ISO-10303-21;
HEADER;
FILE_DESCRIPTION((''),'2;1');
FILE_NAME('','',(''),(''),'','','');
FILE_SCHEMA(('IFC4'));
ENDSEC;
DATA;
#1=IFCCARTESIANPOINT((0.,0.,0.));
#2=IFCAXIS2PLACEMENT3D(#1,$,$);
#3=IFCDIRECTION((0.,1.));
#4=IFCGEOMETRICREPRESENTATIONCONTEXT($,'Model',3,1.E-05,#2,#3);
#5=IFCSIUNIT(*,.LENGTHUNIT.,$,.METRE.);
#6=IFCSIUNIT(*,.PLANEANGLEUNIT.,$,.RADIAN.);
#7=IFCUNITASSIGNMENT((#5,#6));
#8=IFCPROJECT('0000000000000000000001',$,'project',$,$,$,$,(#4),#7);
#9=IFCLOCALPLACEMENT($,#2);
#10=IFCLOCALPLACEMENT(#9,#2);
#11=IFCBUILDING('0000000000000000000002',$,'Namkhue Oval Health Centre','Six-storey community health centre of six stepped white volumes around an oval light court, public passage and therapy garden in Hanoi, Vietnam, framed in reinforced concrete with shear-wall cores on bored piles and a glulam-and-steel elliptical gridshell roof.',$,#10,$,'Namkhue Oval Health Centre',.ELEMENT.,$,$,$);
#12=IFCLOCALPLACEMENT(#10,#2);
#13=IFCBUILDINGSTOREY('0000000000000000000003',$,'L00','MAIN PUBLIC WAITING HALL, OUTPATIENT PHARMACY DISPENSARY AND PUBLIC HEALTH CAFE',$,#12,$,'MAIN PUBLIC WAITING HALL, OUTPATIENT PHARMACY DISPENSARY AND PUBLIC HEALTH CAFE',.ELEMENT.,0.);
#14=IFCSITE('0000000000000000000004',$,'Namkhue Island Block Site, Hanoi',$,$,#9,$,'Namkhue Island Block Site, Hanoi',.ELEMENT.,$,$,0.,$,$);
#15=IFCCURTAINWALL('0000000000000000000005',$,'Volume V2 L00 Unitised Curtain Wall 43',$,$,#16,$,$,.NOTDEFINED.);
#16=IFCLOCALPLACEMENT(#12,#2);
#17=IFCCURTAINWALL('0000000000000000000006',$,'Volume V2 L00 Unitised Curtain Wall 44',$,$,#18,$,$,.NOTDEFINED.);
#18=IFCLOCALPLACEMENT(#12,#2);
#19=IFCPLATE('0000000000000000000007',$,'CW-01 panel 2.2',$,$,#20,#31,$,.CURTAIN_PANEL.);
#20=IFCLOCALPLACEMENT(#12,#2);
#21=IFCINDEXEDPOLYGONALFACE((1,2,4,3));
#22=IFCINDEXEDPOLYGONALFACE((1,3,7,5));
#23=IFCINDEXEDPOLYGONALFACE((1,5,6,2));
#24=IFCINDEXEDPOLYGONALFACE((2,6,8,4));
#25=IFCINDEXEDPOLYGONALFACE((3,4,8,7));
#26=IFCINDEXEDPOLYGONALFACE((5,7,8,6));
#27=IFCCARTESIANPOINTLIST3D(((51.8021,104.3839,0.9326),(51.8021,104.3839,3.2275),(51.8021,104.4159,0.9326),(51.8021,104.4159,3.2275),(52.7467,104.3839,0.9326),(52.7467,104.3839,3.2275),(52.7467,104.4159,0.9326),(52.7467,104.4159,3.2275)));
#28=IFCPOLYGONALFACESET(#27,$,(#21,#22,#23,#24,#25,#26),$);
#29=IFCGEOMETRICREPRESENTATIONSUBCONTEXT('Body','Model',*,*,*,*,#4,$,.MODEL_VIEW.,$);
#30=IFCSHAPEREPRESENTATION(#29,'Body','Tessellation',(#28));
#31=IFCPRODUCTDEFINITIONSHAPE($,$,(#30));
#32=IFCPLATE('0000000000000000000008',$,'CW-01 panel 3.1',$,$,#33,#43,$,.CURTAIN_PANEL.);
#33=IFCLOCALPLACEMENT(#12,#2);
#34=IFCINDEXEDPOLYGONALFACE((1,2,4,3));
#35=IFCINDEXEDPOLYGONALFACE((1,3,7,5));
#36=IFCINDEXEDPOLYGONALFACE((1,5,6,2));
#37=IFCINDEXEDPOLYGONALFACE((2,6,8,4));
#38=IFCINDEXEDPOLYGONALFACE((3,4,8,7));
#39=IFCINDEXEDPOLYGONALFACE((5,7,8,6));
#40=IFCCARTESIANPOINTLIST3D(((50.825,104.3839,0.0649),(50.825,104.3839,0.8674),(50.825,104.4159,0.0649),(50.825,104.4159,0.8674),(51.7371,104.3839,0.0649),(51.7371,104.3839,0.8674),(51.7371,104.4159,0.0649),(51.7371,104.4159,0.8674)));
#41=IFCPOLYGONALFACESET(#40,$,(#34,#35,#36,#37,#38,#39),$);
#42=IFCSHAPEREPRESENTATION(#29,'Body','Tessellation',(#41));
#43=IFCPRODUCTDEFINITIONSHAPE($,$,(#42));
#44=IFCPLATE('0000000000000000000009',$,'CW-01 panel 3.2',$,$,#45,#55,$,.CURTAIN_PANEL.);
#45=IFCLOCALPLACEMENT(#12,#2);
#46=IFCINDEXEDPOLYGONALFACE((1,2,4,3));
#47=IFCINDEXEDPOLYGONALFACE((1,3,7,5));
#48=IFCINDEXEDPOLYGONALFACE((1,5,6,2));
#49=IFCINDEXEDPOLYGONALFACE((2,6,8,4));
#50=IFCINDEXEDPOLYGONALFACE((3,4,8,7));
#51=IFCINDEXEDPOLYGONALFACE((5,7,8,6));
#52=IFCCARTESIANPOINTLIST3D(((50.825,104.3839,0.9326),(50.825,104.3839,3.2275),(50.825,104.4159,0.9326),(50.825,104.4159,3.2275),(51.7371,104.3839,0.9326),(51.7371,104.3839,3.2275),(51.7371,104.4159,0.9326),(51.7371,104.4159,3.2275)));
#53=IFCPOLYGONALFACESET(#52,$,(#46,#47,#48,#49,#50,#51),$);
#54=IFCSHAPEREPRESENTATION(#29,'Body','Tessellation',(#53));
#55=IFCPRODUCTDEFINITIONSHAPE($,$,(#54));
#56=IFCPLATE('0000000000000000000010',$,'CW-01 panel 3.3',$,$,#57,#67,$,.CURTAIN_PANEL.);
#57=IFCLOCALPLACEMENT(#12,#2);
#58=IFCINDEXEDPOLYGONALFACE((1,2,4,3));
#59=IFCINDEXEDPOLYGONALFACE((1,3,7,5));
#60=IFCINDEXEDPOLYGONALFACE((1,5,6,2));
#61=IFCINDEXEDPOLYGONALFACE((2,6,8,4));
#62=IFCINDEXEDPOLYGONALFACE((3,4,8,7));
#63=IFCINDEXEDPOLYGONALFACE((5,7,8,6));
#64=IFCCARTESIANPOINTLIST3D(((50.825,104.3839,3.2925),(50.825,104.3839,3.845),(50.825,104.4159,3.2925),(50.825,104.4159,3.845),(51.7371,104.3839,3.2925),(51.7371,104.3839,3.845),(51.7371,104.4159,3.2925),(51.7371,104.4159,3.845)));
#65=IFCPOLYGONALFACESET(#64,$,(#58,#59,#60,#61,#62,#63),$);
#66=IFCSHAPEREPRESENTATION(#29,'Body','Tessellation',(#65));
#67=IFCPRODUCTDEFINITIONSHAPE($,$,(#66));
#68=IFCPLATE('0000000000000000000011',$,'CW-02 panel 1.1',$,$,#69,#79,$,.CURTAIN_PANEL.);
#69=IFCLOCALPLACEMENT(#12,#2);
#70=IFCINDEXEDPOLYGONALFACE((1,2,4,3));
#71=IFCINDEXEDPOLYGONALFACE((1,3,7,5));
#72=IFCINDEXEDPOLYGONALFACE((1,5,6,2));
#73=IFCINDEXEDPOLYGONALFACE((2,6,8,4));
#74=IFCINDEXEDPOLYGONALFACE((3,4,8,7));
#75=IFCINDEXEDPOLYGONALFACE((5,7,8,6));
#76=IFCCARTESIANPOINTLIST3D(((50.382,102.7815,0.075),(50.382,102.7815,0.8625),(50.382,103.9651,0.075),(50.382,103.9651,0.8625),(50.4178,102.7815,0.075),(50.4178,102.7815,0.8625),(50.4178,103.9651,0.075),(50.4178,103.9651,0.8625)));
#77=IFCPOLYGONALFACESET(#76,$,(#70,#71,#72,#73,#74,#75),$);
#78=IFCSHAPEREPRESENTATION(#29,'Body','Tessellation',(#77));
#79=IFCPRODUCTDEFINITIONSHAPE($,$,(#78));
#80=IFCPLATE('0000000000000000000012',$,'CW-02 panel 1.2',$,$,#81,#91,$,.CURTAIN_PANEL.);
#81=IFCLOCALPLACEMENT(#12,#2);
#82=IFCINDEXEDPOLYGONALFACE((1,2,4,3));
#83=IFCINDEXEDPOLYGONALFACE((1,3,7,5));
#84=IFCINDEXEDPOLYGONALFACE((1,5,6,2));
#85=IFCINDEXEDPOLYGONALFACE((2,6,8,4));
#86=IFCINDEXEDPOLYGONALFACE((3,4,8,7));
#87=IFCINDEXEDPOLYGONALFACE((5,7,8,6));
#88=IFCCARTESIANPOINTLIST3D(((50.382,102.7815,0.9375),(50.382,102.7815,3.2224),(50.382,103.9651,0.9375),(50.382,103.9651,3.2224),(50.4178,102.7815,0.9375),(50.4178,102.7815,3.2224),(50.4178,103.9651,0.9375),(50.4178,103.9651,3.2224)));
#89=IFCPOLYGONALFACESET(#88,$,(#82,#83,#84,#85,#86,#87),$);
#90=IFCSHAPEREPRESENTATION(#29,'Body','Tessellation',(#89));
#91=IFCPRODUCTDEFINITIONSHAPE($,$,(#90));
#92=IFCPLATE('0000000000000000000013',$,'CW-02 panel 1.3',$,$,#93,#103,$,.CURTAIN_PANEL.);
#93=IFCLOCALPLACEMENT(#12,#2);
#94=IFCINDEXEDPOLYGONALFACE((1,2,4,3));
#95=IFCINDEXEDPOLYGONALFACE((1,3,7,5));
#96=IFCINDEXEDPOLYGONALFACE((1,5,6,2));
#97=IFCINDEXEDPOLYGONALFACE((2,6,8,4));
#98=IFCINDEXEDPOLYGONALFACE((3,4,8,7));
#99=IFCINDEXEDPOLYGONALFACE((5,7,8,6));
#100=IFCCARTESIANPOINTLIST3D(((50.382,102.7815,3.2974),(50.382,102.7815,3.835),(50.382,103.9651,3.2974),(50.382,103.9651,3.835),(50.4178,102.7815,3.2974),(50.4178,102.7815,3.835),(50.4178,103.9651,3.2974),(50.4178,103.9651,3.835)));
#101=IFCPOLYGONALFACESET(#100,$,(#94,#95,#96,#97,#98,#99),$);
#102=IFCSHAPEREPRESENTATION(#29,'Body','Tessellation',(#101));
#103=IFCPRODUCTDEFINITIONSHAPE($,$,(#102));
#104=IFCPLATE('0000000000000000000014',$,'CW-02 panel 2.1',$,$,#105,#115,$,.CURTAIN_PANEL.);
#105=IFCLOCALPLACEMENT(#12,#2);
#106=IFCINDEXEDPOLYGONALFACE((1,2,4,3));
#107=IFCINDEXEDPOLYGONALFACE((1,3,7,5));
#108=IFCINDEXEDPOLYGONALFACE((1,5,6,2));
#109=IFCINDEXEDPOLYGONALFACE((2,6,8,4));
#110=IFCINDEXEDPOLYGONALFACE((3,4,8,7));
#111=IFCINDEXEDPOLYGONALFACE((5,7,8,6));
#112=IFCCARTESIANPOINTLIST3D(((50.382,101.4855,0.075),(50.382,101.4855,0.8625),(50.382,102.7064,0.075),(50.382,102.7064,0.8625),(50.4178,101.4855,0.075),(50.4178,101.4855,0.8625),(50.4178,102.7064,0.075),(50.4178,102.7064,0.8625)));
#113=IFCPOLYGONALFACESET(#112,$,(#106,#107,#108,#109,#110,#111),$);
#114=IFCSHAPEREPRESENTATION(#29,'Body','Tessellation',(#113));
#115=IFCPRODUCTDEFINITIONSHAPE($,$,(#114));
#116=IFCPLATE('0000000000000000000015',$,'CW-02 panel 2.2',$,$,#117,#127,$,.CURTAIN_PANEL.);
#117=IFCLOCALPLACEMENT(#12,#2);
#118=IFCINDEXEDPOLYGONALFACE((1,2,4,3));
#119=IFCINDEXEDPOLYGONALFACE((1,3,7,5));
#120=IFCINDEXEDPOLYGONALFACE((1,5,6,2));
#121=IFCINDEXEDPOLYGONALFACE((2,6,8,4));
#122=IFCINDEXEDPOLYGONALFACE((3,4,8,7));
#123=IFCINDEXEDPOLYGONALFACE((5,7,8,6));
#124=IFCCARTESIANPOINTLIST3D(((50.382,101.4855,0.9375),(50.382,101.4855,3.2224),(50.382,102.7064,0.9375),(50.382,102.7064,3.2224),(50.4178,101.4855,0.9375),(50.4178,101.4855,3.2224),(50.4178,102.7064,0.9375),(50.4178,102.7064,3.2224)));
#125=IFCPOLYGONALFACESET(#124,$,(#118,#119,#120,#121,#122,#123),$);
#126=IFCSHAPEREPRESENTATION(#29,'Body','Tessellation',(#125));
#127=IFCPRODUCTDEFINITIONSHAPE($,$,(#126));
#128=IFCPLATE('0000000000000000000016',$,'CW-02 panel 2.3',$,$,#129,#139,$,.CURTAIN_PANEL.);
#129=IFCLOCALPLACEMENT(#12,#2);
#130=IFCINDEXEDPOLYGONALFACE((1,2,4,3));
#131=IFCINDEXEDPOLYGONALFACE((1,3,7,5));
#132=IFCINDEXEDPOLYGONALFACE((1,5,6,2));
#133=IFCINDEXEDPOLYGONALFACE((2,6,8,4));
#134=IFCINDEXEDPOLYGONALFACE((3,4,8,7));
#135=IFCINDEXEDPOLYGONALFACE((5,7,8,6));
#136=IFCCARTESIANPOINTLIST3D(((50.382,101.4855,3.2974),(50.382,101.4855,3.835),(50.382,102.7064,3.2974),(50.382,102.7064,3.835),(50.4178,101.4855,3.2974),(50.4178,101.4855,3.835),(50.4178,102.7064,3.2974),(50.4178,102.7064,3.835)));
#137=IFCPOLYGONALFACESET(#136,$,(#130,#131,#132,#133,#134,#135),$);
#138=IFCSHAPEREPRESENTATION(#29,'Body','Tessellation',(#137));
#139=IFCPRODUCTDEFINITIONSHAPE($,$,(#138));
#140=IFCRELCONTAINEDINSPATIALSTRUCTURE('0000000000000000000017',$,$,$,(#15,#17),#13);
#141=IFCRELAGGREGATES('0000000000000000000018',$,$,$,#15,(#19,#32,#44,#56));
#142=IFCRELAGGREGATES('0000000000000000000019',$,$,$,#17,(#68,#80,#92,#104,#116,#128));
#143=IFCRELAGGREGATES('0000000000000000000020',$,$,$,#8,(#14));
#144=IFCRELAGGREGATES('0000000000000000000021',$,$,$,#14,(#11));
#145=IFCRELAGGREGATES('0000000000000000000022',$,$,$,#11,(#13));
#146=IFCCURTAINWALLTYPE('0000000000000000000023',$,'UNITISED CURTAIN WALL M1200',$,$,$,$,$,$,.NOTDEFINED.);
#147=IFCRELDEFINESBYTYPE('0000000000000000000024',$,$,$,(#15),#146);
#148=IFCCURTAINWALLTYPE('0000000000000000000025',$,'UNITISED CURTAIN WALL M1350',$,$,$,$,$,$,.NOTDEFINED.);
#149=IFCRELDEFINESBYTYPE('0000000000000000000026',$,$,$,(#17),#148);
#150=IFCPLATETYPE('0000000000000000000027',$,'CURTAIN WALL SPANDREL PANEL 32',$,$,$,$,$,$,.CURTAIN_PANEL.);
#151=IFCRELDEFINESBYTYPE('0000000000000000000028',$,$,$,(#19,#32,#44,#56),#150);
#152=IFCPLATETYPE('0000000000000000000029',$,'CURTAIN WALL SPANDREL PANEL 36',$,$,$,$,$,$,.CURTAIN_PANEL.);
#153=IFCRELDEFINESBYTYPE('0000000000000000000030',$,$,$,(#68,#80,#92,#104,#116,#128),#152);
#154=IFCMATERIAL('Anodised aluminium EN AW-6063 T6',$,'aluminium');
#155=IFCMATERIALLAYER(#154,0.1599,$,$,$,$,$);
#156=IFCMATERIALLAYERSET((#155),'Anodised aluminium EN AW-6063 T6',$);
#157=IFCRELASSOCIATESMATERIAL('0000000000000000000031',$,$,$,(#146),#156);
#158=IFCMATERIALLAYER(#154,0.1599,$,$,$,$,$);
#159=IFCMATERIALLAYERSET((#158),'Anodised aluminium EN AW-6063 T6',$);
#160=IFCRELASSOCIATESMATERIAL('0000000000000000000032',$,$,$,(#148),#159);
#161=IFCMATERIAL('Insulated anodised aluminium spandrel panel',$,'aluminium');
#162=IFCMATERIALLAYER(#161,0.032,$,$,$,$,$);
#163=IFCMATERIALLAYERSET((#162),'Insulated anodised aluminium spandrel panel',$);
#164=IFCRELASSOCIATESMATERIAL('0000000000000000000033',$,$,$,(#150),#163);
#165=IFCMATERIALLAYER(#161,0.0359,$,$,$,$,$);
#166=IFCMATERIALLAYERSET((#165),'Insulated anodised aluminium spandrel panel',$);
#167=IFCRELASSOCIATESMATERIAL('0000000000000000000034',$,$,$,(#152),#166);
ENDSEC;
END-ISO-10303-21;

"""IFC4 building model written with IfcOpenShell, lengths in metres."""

from ifc_helpers import new_model, si_unit, direction, frame, origin, origin_2d, place, context, subcontext, project, spatial, rectangle, extrude, material, layer, layer_set, type_object, element, aggregate, save


model = new_model("IFC4")

# Units and contexts
model_context = context("Model", 3, precision=1e-05, world=origin(), true_north=direction((0.0, 1.0)))
body_context = subcontext(model_context, "Body", "Model", "MODEL_VIEW")
ifc_project = project(units=[si_unit("LENGTHUNIT", "METRE"), si_unit("PLANEANGLEUNIT", "RADIAN")], contexts=[model_context])

# Site, building, storey
site_placement = place(None, origin())
site = spatial("IfcSite", under=ifc_project, at=site_placement, Name="Namkhue Island Block Site, Hanoi", LongName="Namkhue Island Block Site, Hanoi", CompositionType="ELEMENT", RefElevation=0.0)
building_placement = place(site_placement, origin())
building = spatial("IfcBuilding", under=site, at=building_placement, Name="Namkhue Oval Health Centre", Description="Six-storey community health centre of six stepped white volumes around an oval light court, public passage and therapy garden in Hanoi, Vietnam, framed in reinforced concrete with shear-wall cores on bored piles and a glulam-and-steel elliptical gridshell roof.", LongName="Namkhue Oval Health Centre", CompositionType="ELEMENT")
storey_placement = place(building_placement, origin())
storey = spatial("IfcBuildingStorey", under=building, at=storey_placement, Name="L00", Description="MAIN PUBLIC WAITING HALL, OUTPATIENT PHARMACY DISPENSARY AND PUBLIC HEALTH CAFE", LongName="MAIN PUBLIC WAITING HALL, OUTPATIENT PHARMACY DISPENSARY AND PUBLIC HEALTH CAFE", CompositionType="ELEMENT", Elevation=0.0)

# Curtain walls
ifc_material_1 = material(Name="Anodised aluminium EN AW-6063 T6", Category="aluminium")
ifc_layer_1 = layer(ifc_material_1, 0.1599)
ifc_layer_set_1 = layer_set([ifc_layer_1], Name="Anodised aluminium EN AW-6063 T6")
curtain_wall_type_1 = type_object("IfcCurtainWallType", Name="UNITISED CURTAIN WALL M1200", PredefinedType="NOTDEFINED", material=ifc_layer_set_1)
curtain_wall_1_placement = place(storey_placement, origin())
curtain_wall_1 = element("IfcCurtainWall", 1, at=curtain_wall_1_placement, inside=storey, type_object=curtain_wall_type_1, Name="Volume V2 L00 Unitised Curtain Wall 43", PredefinedType="NOTDEFINED")
ifc_layer_2 = layer(ifc_material_1, 0.1599)
ifc_layer_set_2 = layer_set([ifc_layer_2], Name="Anodised aluminium EN AW-6063 T6")
curtain_wall_type_2 = type_object("IfcCurtainWallType", Name="UNITISED CURTAIN WALL M1350", PredefinedType="NOTDEFINED", material=ifc_layer_set_2)
curtain_wall_2_placement = place(storey_placement, origin())
curtain_wall_2 = element("IfcCurtainWall", 2, at=curtain_wall_2_placement, inside=storey, type_object=curtain_wall_type_2, Name="Volume V2 L00 Unitised Curtain Wall 44", PredefinedType="NOTDEFINED")

# Plates
ifc_material_2 = material(Name="Insulated anodised aluminium spandrel panel", Category="aluminium")
ifc_layer_3 = layer(ifc_material_2, 0.032)
ifc_layer_set_3 = layer_set([ifc_layer_3], Name="Insulated anodised aluminium spandrel panel")
plate_type_1 = type_object("IfcPlateType", Name="CURTAIN WALL SPANDREL PANEL 32", PredefinedType="CURTAIN_PANEL", material=ifc_layer_set_3)
plate_1_placement = place(storey_placement, frame((52.2744, 104.3999, 0.9326), z_axis=(0.0, 0.0, 1.0), x_axis=(-1.0, 0.0, 0.0)))
plate_1 = element("IfcPlate", 3, at=plate_1_placement, type_object=plate_type_1, Name="CW-01 panel 2.2", PredefinedType="CURTAIN_PANEL", context=body_context, shape_type="SweptSolid", body=[
    extrude(rectangle(XDim=0.9446, YDim=0.032, at=origin_2d()), origin(), (0.0, 0.0, 1.0), 2.2949),
])
plate_2_placement = place(storey_placement, frame((51.281, 104.3999, 0.0649), z_axis=(0.0, 0.0, 1.0), x_axis=(-1.0, 0.0, 0.0)))
plate_2 = element("IfcPlate", 4, at=plate_2_placement, type_object=plate_type_1, Name="CW-01 panel 3.1", PredefinedType="CURTAIN_PANEL", context=body_context, shape_type="SweptSolid", body=[
    extrude(rectangle(XDim=0.9121, YDim=0.032, at=origin_2d()), origin(), (0.0, 0.0, 1.0), 0.8025),
])
plate_3_placement = place(storey_placement, frame((51.281, 104.3999, 0.9326), z_axis=(0.0, 0.0, 1.0), x_axis=(-1.0, 0.0, 0.0)))
plate_3 = element("IfcPlate", 5, at=plate_3_placement, type_object=plate_type_1, Name="CW-01 panel 3.2", PredefinedType="CURTAIN_PANEL", context=body_context, shape_type="SweptSolid", body=[
    extrude(rectangle(XDim=0.9121, YDim=0.032, at=origin_2d()), origin(), (0.0, 0.0, 1.0), 2.2949),
])
plate_4_placement = place(storey_placement, frame((51.281, 104.3999, 3.2925), z_axis=(0.0, 0.0, 1.0), x_axis=(-1.0, 0.0, 0.0)))
plate_4 = element("IfcPlate", 6, at=plate_4_placement, type_object=plate_type_1, Name="CW-01 panel 3.3", PredefinedType="CURTAIN_PANEL", context=body_context, shape_type="SweptSolid", body=[
    extrude(rectangle(XDim=0.9121, YDim=0.032, at=origin_2d()), origin(), (0.0, 0.0, 1.0), 0.5525),
])
aggregate(curtain_wall_1, [plate_1, plate_2, plate_3, plate_4])
ifc_layer_4 = layer(ifc_material_2, 0.0359)
ifc_layer_set_4 = layer_set([ifc_layer_4], Name="Insulated anodised aluminium spandrel panel")
plate_type_2 = type_object("IfcPlateType", Name="CURTAIN WALL SPANDREL PANEL 36", PredefinedType="CURTAIN_PANEL", material=ifc_layer_set_4)
plate_5_placement = place(storey_placement, frame((50.3999, 103.3733, 0.075), z_axis=(0.0, 0.0, 1.0), x_axis=(0.0, -1.0, 0.0)))
plate_5 = element("IfcPlate", 7, at=plate_5_placement, type_object=plate_type_2, Name="CW-02 panel 1.1", PredefinedType="CURTAIN_PANEL", context=body_context, shape_type="SweptSolid", body=[
    extrude(rectangle(XDim=1.1836, YDim=0.0359, at=origin_2d()), origin(), (0.0, 0.0, 1.0), 0.7876),
])
plate_6_placement = place(storey_placement, frame((50.3999, 103.3733, 0.9375), z_axis=(0.0, 0.0, 1.0), x_axis=(0.0, -1.0, 0.0)))
plate_6 = element("IfcPlate", 8, at=plate_6_placement, type_object=plate_type_2, Name="CW-02 panel 1.2", PredefinedType="CURTAIN_PANEL", context=body_context, shape_type="SweptSolid", body=[
    extrude(rectangle(XDim=1.1836, YDim=0.0359, at=origin_2d()), origin(), (0.0, 0.0, 1.0), 2.2849),
])
plate_7_placement = place(storey_placement, frame((50.3999, 103.3733, 3.2974), z_axis=(0.0, 0.0, 1.0), x_axis=(0.0, -1.0, 0.0)))
plate_7 = element("IfcPlate", 9, at=plate_7_placement, type_object=plate_type_2, Name="CW-02 panel 1.3", PredefinedType="CURTAIN_PANEL", context=body_context, shape_type="SweptSolid", body=[
    extrude(rectangle(XDim=1.1836, YDim=0.0359, at=origin_2d()), origin(), (0.0, 0.0, 1.0), 0.5376),
])
plate_8_placement = place(storey_placement, frame((50.3999, 102.0959, 0.075), z_axis=(0.0, 0.0, 1.0), x_axis=(0.0, -1.0, 0.0)))
plate_8 = element("IfcPlate", 10, at=plate_8_placement, type_object=plate_type_2, Name="CW-02 panel 2.1", PredefinedType="CURTAIN_PANEL", context=body_context, shape_type="SweptSolid", body=[
    extrude(rectangle(XDim=1.2209, YDim=0.0359, at=origin_2d()), origin(), (0.0, 0.0, 1.0), 0.7876),
])
plate_9_placement = place(storey_placement, frame((50.3999, 102.0959, 0.9375), z_axis=(0.0, 0.0, 1.0), x_axis=(0.0, -1.0, 0.0)))
plate_9 = element("IfcPlate", 11, at=plate_9_placement, type_object=plate_type_2, Name="CW-02 panel 2.2", PredefinedType="CURTAIN_PANEL", context=body_context, shape_type="SweptSolid", body=[
    extrude(rectangle(XDim=1.2209, YDim=0.0359, at=origin_2d()), origin(), (0.0, 0.0, 1.0), 2.2849),
])
plate_10_placement = place(storey_placement, frame((50.3999, 102.0959, 3.2974), z_axis=(0.0, 0.0, 1.0), x_axis=(0.0, -1.0, 0.0)))
plate_10 = element("IfcPlate", 12, at=plate_10_placement, type_object=plate_type_2, Name="CW-02 panel 2.3", PredefinedType="CURTAIN_PANEL", context=body_context, shape_type="SweptSolid", body=[
    extrude(rectangle(XDim=1.2209, YDim=0.0359, at=origin_2d()), origin(), (0.0, 0.0, 1.0), 0.5376),
])
aggregate(curtain_wall_2, [plate_5, plate_6, plate_7, plate_8, plate_9, plate_10])

save(model, "model.ifc")
